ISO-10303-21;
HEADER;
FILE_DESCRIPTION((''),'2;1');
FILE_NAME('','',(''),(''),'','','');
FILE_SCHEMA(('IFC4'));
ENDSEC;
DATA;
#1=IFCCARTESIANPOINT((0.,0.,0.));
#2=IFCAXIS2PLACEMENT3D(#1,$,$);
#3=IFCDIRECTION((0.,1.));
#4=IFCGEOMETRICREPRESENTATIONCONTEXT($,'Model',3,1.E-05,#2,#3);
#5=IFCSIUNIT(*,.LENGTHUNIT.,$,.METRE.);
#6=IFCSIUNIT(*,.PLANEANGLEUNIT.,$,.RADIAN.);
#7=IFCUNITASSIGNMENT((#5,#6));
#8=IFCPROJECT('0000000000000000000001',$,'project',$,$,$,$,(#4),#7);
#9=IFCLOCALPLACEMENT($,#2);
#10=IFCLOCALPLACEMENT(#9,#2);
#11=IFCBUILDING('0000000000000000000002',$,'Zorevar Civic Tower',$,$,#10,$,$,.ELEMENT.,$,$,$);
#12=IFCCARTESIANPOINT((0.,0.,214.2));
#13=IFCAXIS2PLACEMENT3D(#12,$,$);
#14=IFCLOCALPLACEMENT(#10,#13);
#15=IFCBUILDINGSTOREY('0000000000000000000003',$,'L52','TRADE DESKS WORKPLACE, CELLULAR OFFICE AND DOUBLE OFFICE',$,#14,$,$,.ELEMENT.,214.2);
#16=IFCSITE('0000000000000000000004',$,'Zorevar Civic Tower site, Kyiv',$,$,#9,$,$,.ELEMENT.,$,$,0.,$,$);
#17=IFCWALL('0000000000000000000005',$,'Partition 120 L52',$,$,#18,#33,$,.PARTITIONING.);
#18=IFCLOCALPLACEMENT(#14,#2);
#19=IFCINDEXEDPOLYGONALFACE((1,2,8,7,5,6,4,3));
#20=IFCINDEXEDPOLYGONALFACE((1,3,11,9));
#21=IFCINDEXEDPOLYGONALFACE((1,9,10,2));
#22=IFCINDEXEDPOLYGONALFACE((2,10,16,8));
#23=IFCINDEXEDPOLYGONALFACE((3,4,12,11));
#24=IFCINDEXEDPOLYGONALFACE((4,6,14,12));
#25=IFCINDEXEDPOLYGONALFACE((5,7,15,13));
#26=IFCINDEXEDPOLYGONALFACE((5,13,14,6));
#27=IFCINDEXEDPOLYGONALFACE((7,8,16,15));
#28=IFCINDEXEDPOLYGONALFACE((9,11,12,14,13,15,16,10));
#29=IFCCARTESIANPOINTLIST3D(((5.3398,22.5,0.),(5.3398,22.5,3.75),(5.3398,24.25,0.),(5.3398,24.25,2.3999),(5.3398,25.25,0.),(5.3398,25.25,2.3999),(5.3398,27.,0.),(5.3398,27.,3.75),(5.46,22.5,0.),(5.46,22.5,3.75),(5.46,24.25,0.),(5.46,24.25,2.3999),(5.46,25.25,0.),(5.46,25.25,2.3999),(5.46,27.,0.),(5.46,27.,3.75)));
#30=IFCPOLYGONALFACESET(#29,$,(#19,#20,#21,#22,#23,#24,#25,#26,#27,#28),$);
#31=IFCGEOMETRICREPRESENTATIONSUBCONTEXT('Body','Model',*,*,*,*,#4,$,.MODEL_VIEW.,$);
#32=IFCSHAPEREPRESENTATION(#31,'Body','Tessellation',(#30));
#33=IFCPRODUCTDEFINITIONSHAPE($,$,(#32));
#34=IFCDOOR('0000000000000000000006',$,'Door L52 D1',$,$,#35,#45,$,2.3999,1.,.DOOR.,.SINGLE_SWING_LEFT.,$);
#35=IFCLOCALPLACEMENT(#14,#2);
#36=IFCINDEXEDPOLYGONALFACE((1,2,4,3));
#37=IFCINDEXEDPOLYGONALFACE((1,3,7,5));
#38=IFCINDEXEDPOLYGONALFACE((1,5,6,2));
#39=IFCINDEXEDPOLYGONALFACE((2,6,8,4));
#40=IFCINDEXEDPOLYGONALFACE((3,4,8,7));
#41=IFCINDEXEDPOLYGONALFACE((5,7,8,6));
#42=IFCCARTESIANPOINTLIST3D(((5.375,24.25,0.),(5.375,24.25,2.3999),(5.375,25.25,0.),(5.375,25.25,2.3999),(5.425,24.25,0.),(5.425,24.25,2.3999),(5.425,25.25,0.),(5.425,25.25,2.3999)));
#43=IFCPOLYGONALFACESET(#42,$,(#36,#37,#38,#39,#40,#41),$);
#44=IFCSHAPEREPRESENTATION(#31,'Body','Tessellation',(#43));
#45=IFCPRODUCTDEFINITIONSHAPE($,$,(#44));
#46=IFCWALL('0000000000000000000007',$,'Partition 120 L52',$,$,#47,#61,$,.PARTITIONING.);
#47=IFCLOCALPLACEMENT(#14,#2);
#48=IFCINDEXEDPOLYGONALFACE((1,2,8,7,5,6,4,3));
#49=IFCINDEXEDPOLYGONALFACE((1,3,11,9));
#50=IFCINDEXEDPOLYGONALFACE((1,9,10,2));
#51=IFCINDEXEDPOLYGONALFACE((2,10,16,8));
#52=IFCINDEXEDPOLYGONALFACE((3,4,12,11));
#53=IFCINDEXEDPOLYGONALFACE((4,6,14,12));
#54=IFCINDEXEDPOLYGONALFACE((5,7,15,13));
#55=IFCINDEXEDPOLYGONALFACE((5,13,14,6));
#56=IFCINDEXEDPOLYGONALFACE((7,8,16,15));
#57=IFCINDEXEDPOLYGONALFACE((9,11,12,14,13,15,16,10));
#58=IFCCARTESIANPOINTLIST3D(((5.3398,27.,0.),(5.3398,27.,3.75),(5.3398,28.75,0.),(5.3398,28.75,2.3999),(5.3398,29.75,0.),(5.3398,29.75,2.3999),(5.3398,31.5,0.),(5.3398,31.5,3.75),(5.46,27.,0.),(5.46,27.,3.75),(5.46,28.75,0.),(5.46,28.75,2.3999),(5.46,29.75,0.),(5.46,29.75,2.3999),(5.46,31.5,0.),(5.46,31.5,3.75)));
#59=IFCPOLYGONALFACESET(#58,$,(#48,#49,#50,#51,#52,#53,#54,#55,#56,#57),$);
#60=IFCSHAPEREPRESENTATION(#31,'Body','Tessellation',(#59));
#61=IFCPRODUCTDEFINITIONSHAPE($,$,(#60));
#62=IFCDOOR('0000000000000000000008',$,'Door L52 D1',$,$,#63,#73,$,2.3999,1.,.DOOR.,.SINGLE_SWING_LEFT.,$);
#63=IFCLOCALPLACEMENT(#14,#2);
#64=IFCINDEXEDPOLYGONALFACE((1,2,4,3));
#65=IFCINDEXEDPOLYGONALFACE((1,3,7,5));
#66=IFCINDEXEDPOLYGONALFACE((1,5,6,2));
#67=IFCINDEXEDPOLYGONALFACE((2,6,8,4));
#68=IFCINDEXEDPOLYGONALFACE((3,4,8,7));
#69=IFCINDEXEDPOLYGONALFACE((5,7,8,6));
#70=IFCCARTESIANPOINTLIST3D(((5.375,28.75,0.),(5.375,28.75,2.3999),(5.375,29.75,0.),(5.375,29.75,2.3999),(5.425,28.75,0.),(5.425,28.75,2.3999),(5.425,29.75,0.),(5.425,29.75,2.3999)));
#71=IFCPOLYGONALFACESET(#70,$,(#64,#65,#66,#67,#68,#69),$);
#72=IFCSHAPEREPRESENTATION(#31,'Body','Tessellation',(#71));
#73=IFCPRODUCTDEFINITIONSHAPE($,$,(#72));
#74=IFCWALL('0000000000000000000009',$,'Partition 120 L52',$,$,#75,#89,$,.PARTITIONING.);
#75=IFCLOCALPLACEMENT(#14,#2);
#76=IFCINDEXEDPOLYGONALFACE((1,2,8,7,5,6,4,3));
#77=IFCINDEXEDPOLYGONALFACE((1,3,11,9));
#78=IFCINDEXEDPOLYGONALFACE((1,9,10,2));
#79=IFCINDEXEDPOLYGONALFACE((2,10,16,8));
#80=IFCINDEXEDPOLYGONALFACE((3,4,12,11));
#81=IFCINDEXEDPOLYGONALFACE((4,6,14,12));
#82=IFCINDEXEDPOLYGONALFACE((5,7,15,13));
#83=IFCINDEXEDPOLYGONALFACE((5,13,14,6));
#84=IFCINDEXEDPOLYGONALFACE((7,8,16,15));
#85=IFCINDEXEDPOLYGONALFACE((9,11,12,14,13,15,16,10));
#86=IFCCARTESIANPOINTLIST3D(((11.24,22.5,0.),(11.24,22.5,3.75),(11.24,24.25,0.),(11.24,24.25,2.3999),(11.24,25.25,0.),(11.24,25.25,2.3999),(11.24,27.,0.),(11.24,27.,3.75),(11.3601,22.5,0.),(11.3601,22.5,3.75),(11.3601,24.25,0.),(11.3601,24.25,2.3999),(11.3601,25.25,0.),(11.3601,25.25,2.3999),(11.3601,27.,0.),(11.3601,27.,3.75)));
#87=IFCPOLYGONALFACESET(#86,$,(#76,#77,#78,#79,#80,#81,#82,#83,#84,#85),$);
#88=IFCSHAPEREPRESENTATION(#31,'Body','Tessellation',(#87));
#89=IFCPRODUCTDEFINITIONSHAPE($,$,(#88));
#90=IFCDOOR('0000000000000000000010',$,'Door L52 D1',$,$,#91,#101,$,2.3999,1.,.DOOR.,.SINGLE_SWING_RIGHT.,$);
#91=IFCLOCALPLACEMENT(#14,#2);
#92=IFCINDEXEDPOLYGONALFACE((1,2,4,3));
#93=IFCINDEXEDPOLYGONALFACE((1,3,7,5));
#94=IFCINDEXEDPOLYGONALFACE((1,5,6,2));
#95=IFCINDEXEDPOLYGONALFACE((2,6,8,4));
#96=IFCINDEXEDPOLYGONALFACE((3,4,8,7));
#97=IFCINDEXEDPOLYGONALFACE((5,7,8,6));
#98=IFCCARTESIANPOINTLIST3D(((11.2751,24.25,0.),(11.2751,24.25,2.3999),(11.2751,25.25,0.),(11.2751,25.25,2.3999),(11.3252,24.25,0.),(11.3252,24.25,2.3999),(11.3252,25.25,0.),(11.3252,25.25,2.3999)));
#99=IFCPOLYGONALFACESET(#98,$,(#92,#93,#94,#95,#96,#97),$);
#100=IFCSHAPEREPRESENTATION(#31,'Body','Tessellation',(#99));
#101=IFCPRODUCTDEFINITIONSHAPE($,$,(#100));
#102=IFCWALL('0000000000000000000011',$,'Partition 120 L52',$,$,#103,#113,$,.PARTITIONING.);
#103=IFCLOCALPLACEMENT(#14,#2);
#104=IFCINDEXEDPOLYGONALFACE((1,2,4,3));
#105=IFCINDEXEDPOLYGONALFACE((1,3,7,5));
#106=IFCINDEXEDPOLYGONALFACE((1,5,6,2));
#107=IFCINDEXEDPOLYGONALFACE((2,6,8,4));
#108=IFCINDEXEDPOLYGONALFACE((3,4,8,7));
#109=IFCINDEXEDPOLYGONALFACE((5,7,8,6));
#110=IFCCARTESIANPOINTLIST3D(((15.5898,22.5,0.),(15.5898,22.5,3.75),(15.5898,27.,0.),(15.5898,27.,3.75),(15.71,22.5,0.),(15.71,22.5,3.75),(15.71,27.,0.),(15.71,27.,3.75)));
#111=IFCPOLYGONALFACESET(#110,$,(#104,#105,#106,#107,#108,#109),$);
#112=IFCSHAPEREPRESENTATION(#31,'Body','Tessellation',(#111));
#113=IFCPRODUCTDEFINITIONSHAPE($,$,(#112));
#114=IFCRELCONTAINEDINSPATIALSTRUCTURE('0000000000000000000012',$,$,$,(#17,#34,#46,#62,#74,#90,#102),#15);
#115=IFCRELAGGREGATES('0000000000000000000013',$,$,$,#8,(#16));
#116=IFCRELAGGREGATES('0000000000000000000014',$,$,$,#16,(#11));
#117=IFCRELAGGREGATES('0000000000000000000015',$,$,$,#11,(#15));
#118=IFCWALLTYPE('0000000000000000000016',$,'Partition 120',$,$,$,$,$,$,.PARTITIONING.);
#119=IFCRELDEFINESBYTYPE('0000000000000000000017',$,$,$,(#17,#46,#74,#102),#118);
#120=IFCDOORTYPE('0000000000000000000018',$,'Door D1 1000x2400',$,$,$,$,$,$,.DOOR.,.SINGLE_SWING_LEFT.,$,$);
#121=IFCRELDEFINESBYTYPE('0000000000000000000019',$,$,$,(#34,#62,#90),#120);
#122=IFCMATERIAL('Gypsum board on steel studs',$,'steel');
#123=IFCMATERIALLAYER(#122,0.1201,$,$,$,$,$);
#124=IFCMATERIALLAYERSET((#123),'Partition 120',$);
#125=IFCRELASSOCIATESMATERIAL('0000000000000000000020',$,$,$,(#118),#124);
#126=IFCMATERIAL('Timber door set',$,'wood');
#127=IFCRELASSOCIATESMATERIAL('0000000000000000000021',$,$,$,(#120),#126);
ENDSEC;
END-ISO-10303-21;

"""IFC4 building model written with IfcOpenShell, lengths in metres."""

from ifc_helpers import new_model, si_unit, direction, frame, frame_2d, origin, place, context, subcontext, project, spatial, rectangle, extrude, material, layer, layer_set, type_object, element, fill, save


model = new_model("IFC4")

# Units and contexts
model_context = context("Model", 3, precision=1e-05, world=origin(), true_north=direction((0.0, 1.0)))
body_context = subcontext(model_context, "Body", "Model", "MODEL_VIEW")
ifc_project = project(units=[si_unit("LENGTHUNIT", "METRE"), si_unit("PLANEANGLEUNIT", "RADIAN")], contexts=[model_context])

# Site, building, storey
site_placement = place(None, origin())
site = spatial("IfcSite", under=ifc_project, at=site_placement, Name="Zorevar Civic Tower site, Kyiv", CompositionType="ELEMENT", RefElevation=0.0)
building_placement = place(site_placement, origin())
building = spatial("IfcBuilding", under=site, at=building_placement, Name="Zorevar Civic Tower", CompositionType="ELEMENT")
storey_placement = place(building_placement, frame((0.0, 0.0, 214.2)))
storey = spatial("IfcBuildingStorey", under=building, at=storey_placement, Name="L52", Description="TRADE DESKS WORKPLACE, CELLULAR OFFICE AND DOUBLE OFFICE", CompositionType="ELEMENT", Elevation=214.2)

# Shared definitions
ifc_material_1 = material(Name="Gypsum board on steel studs", Category="steel")
ifc_layer_1 = layer(ifc_material_1, 0.1201)
ifc_layer_set_1 = layer_set([ifc_layer_1], Name="Partition 120")
wall_type_1 = type_object("IfcWallType", Name="Partition 120", PredefinedType="PARTITIONING", material=ifc_layer_set_1)

# Walls, openings, doors
wall_1_placement = place(storey_placement, frame((5.3999, 22.5, 0.0), z_axis=(0.0, 0.0, 1.0), x_axis=(0.0, 1.0, 0.0)))
wall_1 = element("IfcWall", 1, at=wall_1_placement, inside=storey, type_object=wall_type_1, Name="Partition 120 L52", PredefinedType="PARTITIONING", context=body_context, shape_type="SweptSolid", body=[
    extrude(rectangle(XDim=4.5, YDim=0.1201, at=frame_2d((2.25, 0.0))), origin(), (0.0, 0.0, 1.0), 3.75),
])
opening_1_placement = place(wall_1_placement, frame((1.75, 0.0, 0.0)))
opening_1 = element("IfcOpeningElement", 2, at=opening_1_placement, cuts=wall_1, PredefinedType="OPENING", context=body_context, shape_type="SweptSolid", body=[
    extrude(rectangle(XDim=1.0, YDim=2.3999, at=frame_2d((0.5, 1.2))), frame((0.0, 0.0701, 0.0), z_axis=(0.0, -1.0, 0.0), x_axis=(1.0, 0.0, 0.0)), (0.0, 0.0, 1.0), 0.1401),
])
ifc_material_2 = material(Name="Timber door set", Category="wood")
door_type_1 = type_object("IfcDoorType", Name="Door D1 1000x2400", OperationType="SINGLE_SWING_LEFT", PredefinedType="DOOR", material=ifc_material_2)
door_1_placement = place(opening_1_placement, origin())
door_1 = element("IfcDoor", 3, at=door_1_placement, inside=storey, type_object=door_type_1, Name="Door L52 D1", OperationType="SINGLE_SWING_LEFT", OverallHeight=2.3999, OverallWidth=1.0, PredefinedType="DOOR", context=body_context, shape_type="SweptSolid", body=[
    extrude(rectangle(XDim=1.0, YDim=2.3999, at=frame_2d((0.5, 1.2))), frame((0.0, 0.0249, 0.0), z_axis=(0.0, -1.0, 0.0), x_axis=(1.0, 0.0, 0.0)), (0.0, 0.0, 1.0), 0.05),
])
fill(opening_1, door_1)
wall_2_placement = place(storey_placement, frame((5.3999, 27.0, 0.0), z_axis=(0.0, 0.0, 1.0), x_axis=(0.0, 1.0, 0.0)))
wall_2 = element("IfcWall", 4, at=wall_2_placement, inside=storey, type_object=wall_type_1, Name="Partition 120 L52", PredefinedType="PARTITIONING", context=body_context, shape_type="SweptSolid", body=[
    extrude(rectangle(XDim=4.5, YDim=0.1201, at=frame_2d((2.25, 0.0))), origin(), (0.0, 0.0, 1.0), 3.75),
])
opening_2_placement = place(wall_2_placement, frame((1.75, 0.0, 0.0)))
opening_2 = element("IfcOpeningElement", 5, at=opening_2_placement, cuts=wall_2, PredefinedType="OPENING", context=body_context, shape_type="SweptSolid", body=[
    extrude(rectangle(XDim=1.0, YDim=2.3999, at=frame_2d((0.5, 1.2))), frame((0.0, 0.0701, 0.0), z_axis=(0.0, -1.0, 0.0), x_axis=(1.0, 0.0, 0.0)), (0.0, 0.0, 1.0), 0.1401),
])
door_2_placement = place(opening_2_placement, origin())
door_2 = element("IfcDoor", 6, at=door_2_placement, inside=storey, type_object=door_type_1, Name="Door L52 D1", OperationType="SINGLE_SWING_LEFT", OverallHeight=2.3999, OverallWidth=1.0, PredefinedType="DOOR", context=body_context, shape_type="SweptSolid", body=[
    extrude(rectangle(XDim=1.0, YDim=2.3999, at=frame_2d((0.5, 1.2))), frame((0.0, 0.0249, 0.0), z_axis=(0.0, -1.0, 0.0), x_axis=(1.0, 0.0, 0.0)), (0.0, 0.0, 1.0), 0.05),
])
fill(opening_2, door_2)
wall_3_placement = place(storey_placement, frame((11.3, 22.5, 0.0), z_axis=(0.0, 0.0, 1.0), x_axis=(0.0, 1.0, 0.0)))
wall_3 = element("IfcWall", 7, at=wall_3_placement, inside=storey, type_object=wall_type_1, Name="Partition 120 L52", PredefinedType="PARTITIONING", context=body_context, shape_type="SweptSolid", body=[
    extrude(rectangle(XDim=4.5, YDim=0.1201, at=frame_2d((2.25, 0.0))), origin(), (0.0, 0.0, 1.0), 3.75),
])
opening_3_placement = place(wall_3_placement, frame((1.75, 0.0, 0.0)))
opening_3 = element("IfcOpeningElement", 8, at=opening_3_placement, cuts=wall_3, PredefinedType="OPENING", context=body_context, shape_type="SweptSolid", body=[
    extrude(rectangle(XDim=1.0, YDim=2.3999, at=frame_2d((0.5, 1.2))), frame((0.0, 0.0701, 0.0), z_axis=(0.0, -1.0, 0.0), x_axis=(1.0, 0.0, 0.0)), (0.0, 0.0, 1.0), 0.1401),
])
door_3_placement = place(opening_3_placement, origin())
door_3 = element("IfcDoor", 9, at=door_3_placement, inside=storey, type_object=door_type_1, Name="Door L52 D1", OperationType="SINGLE_SWING_RIGHT", OverallHeight=2.3999, OverallWidth=1.0, PredefinedType="DOOR", context=body_context, shape_type="SweptSolid", body=[
    extrude(rectangle(XDim=1.0, YDim=2.3999, at=frame_2d((0.5, 1.2))), frame((0.0, 0.0249, 0.0), z_axis=(0.0, -1.0, 0.0), x_axis=(1.0, 0.0, 0.0)), (0.0, 0.0, 1.0), 0.05),
])
fill(opening_3, door_3)

# Wall
wall_4_placement = place(storey_placement, frame((15.6499, 22.5, 0.0), z_axis=(0.0, 0.0, 1.0), x_axis=(0.0, 1.0, 0.0)))
element("IfcWall", 10, at=wall_4_placement, inside=storey, type_object=wall_type_1, Name="Partition 120 L52", PredefinedType="PARTITIONING", context=body_context, shape_type="SweptSolid", body=[
    extrude(rectangle(XDim=4.5, YDim=0.1201, at=frame_2d((2.25, 0.0))), origin(), (0.0, 0.0, 1.0), 3.75),
])

save(model, "model.ifc")
